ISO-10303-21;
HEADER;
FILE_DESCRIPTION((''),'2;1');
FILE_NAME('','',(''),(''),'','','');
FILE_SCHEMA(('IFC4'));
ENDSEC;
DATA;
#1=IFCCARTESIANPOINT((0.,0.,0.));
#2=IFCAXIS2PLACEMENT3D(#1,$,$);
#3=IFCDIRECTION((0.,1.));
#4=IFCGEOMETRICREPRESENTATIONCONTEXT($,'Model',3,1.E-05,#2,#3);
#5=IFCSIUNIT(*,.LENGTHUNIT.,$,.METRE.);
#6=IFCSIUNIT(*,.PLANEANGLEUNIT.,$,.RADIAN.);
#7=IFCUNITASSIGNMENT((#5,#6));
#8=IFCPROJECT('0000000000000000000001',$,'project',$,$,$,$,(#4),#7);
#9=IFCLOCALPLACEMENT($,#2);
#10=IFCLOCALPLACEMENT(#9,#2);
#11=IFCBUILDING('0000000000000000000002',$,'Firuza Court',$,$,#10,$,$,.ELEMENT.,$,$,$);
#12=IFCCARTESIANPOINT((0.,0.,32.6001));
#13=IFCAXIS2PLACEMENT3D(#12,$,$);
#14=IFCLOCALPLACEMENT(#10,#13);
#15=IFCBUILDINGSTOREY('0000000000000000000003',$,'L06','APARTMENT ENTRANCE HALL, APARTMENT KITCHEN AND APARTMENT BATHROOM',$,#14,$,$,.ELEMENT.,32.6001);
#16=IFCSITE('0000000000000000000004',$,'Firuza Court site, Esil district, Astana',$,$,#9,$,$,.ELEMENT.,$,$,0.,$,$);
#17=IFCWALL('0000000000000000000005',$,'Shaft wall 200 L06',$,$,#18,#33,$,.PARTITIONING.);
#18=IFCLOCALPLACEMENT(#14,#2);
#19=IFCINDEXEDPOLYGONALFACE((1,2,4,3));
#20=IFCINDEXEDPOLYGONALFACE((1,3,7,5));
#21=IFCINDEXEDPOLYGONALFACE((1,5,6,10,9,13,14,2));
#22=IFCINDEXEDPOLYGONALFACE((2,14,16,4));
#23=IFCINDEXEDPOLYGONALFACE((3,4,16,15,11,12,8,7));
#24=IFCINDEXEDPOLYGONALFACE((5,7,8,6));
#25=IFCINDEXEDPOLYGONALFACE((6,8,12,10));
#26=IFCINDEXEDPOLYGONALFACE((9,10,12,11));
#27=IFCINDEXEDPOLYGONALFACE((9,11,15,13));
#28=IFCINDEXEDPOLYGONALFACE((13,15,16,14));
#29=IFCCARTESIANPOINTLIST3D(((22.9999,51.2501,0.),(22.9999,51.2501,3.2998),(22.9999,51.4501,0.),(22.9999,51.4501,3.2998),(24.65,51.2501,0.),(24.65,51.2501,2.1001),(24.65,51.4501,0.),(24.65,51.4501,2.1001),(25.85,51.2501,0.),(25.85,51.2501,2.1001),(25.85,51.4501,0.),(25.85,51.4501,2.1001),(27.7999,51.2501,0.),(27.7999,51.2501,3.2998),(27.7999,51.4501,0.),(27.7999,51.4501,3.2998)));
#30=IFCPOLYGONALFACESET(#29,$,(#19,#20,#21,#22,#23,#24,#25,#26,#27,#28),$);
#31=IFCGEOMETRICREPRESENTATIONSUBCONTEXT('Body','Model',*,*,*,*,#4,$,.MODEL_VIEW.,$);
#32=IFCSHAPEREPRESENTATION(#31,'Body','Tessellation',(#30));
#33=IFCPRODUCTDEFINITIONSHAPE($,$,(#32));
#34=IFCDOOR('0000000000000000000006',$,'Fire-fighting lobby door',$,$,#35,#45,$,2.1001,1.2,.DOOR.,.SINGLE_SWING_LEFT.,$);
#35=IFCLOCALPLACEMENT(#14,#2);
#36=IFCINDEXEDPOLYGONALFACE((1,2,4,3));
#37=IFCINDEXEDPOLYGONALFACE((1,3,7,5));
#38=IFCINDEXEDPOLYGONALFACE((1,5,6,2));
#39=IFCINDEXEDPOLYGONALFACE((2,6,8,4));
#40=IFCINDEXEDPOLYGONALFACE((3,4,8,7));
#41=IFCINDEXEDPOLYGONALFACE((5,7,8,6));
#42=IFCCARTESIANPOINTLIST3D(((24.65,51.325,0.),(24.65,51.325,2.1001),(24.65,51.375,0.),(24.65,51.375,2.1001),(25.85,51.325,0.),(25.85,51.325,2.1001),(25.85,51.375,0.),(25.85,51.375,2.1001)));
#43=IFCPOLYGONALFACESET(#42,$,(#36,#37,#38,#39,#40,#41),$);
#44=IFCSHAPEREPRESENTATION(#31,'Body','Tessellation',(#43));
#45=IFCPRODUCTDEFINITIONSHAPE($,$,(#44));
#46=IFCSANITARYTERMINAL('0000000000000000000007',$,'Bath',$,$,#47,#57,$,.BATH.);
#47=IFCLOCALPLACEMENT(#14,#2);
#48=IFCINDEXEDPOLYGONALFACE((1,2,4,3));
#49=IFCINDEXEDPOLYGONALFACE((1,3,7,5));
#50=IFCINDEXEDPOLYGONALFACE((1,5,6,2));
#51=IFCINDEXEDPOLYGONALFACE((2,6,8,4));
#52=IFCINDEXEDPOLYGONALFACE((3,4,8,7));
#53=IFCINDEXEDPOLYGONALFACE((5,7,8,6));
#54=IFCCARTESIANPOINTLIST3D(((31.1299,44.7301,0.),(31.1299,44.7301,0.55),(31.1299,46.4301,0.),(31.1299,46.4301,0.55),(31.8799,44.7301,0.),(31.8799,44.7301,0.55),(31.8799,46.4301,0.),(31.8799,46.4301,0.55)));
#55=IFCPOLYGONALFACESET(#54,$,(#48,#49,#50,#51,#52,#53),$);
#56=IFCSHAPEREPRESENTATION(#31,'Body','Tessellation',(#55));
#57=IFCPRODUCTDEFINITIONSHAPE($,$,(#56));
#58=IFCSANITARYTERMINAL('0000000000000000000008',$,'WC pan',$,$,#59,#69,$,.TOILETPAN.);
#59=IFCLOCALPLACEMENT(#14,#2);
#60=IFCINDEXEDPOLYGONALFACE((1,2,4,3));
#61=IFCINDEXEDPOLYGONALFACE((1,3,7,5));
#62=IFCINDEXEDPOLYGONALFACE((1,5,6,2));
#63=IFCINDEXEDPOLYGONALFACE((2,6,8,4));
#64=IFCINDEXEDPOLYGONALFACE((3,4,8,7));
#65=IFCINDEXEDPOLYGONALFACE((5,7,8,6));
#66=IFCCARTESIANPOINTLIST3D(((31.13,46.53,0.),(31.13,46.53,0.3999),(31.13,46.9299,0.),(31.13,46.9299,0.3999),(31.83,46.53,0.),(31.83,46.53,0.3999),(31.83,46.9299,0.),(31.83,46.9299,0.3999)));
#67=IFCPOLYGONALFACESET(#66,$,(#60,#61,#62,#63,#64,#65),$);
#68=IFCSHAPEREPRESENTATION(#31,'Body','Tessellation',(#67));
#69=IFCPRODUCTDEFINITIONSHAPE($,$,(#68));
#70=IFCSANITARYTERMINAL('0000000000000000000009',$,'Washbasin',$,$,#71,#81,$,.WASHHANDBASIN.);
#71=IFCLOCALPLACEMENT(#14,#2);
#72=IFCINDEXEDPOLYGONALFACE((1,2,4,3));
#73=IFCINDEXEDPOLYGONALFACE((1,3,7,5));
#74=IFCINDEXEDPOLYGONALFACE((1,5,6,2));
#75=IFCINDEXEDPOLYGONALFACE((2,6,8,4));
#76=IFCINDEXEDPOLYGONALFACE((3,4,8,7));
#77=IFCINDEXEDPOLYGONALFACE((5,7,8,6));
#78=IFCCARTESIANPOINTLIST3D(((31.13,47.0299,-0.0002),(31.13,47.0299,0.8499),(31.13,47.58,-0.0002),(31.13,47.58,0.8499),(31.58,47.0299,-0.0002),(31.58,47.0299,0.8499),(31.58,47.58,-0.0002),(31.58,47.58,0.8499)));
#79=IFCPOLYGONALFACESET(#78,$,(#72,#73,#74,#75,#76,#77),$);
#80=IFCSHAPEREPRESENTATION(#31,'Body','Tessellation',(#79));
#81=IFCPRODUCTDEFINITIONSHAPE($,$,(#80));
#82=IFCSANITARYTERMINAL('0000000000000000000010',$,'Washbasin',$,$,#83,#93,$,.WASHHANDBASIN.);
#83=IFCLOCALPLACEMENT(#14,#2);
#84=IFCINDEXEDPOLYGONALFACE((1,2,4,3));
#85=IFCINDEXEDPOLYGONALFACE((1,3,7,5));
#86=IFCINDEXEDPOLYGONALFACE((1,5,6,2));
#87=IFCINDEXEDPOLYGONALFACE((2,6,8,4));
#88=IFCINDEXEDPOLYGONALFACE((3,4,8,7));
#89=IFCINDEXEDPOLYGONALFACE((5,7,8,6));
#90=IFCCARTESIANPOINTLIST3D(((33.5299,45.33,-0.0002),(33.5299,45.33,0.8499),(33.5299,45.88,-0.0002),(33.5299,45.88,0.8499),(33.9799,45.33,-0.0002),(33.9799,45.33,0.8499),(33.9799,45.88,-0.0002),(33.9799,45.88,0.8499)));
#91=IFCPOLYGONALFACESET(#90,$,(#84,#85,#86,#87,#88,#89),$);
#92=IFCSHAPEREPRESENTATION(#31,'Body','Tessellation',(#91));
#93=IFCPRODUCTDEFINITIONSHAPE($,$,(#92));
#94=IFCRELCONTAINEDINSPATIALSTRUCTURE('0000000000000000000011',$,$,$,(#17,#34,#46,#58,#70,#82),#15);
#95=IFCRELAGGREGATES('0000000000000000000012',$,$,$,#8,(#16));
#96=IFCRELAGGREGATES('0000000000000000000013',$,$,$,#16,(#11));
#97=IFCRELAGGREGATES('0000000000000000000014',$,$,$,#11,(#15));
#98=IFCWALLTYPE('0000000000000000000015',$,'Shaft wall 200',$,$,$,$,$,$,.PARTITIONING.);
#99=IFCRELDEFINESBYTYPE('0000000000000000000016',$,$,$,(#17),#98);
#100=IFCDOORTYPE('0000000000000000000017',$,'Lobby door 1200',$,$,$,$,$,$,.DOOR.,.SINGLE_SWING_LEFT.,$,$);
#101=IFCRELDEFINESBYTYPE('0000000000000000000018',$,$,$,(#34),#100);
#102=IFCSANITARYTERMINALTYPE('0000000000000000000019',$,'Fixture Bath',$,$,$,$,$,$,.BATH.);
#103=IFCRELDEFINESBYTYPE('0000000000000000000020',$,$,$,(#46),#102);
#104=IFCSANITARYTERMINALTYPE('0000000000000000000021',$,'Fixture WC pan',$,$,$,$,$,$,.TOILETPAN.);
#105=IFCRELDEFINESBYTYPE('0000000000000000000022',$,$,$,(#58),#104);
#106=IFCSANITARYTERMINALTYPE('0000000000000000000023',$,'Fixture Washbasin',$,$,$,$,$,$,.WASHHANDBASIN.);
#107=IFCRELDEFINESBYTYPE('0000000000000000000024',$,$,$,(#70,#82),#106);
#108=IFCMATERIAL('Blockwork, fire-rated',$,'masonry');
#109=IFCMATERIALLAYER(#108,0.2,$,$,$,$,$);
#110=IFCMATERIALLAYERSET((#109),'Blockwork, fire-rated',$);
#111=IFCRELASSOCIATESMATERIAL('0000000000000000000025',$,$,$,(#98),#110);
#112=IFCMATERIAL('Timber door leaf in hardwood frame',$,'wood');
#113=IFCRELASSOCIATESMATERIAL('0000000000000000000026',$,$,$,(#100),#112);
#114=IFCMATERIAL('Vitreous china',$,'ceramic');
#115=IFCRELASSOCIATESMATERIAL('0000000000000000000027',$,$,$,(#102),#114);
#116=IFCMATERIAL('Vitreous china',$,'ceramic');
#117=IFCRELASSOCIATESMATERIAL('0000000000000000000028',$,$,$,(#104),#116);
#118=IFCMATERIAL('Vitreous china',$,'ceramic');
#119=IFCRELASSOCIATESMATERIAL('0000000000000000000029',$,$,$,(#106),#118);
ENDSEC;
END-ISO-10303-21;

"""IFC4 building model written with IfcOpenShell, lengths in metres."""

from ifc_helpers import new_model, si_unit, direction, frame, frame_2d, origin, origin_2d, place, context, subcontext, project, spatial, rectangle, extrude, material, layer, layer_set, type_object, element, fill, save


model = new_model("IFC4")

# Units and contexts
model_context = context("Model", 3, precision=1e-05, world=origin(), true_north=direction((0.0, 1.0)))
body_context = subcontext(model_context, "Body", "Model", "MODEL_VIEW")
ifc_project = project(units=[si_unit("LENGTHUNIT", "METRE"), si_unit("PLANEANGLEUNIT", "RADIAN")], contexts=[model_context])

# Site, building, storey
site_placement = place(None, origin())
site = spatial("IfcSite", under=ifc_project, at=site_placement, Name="Firuza Court site, Esil district, Astana", CompositionType="ELEMENT", RefElevation=0.0)
building_placement = place(site_placement, origin())
building = spatial("IfcBuilding", under=site, at=building_placement, Name="Firuza Court", CompositionType="ELEMENT")
storey_placement = place(building_placement, frame((0.0, 0.0, 32.6001)))
storey = spatial("IfcBuildingStorey", under=building, at=storey_placement, Name="L06", Description="APARTMENT ENTRANCE HALL, APARTMENT KITCHEN AND APARTMENT BATHROOM", CompositionType="ELEMENT", Elevation=32.6001)

# Wall, opening, door
ifc_material_1 = material(Name="Blockwork, fire-rated", Category="masonry")
ifc_layer_1 = layer(ifc_material_1, 0.2)
ifc_layer_set_1 = layer_set([ifc_layer_1], Name="Blockwork, fire-rated")
wall_type_1 = type_object("IfcWallType", Name="Shaft wall 200", PredefinedType="PARTITIONING", material=ifc_layer_set_1)
wall_1_placement = place(storey_placement, frame((23.0, 51.3501, 0.0), z_axis=(0.0, 0.0, 1.0), x_axis=(1.0, 0.0, 0.0)))
wall_1 = element("IfcWall", 1, at=wall_1_placement, inside=storey, type_object=wall_type_1, Name="Shaft wall 200 L06", PredefinedType="PARTITIONING", context=body_context, shape_type="SweptSolid", body=[
    extrude(rectangle(XDim=4.8, YDim=0.2, at=frame_2d((2.3999, 0.0))), origin(), (0.0, 0.0, 1.0), 3.2998),
])
opening_1_placement = place(wall_1_placement, frame((1.6499, 0.0, 0.0)))
opening_1 = element("IfcOpeningElement", 2, at=opening_1_placement, cuts=wall_1, PredefinedType="OPENING", context=body_context, shape_type="SweptSolid", body=[
    extrude(rectangle(XDim=1.2, YDim=2.1001, at=frame_2d((0.6001, 1.05))), frame((0.0, 0.1118, 0.0), z_axis=(0.0, -1.0, 0.0), x_axis=(1.0, 0.0, 0.0)), (0.0, 0.0, 1.0), 0.2239),
])
ifc_material_2 = material(Name="Timber door leaf in hardwood frame", Category="wood")
door_type_1 = type_object("IfcDoorType", Name="Lobby door 1200", OperationType="SINGLE_SWING_LEFT", PredefinedType="DOOR", material=ifc_material_2)
door_1_placement = place(opening_1_placement, origin())
door_1 = element("IfcDoor", 3, at=door_1_placement, inside=storey, type_object=door_type_1, Name="Fire-fighting lobby door", OperationType="SINGLE_SWING_LEFT", OverallHeight=2.1001, OverallWidth=1.2, PredefinedType="DOOR", context=body_context, shape_type="SweptSolid", body=[
    extrude(rectangle(XDim=1.2, YDim=2.1001, at=frame_2d((0.6001, 1.05))), frame((0.0, 0.0249, 0.0), z_axis=(0.0, -1.0, 0.0), x_axis=(1.0, 0.0, 0.0)), (0.0, 0.0, 1.0), 0.05),
])
fill(opening_1, door_1)

# Sanitary terminals
ifc_material_3 = material(Name="Vitreous china", Category="ceramic")
sanitary_terminal_type_1 = type_object("IfcSanitaryTerminalType", Name="Fixture Bath", PredefinedType="BATH", material=ifc_material_3)
sanitary_terminal_1_placement = place(storey_placement, frame((31.5049, 45.5801, 0.0), z_axis=(0.0, 0.0, 1.0), x_axis=(1.0, 0.0, 0.0)))
element("IfcSanitaryTerminal", 4, at=sanitary_terminal_1_placement, inside=storey, type_object=sanitary_terminal_type_1, Name="Bath", PredefinedType="BATH", context=body_context, shape_type="SweptSolid", body=[
    extrude(rectangle(XDim=0.75, YDim=1.7, at=origin_2d()), origin(), (0.0, 0.0, 1.0), 0.55),
])
ifc_material_4 = material(Name="Vitreous china", Category="ceramic")
sanitary_terminal_type_2 = type_object("IfcSanitaryTerminalType", Name="Fixture WC pan", PredefinedType="TOILETPAN", material=ifc_material_4)
sanitary_terminal_2_placement = place(storey_placement, frame((31.48, 46.73, 0.0), z_axis=(0.0, 0.0, 1.0), x_axis=(1.0, 0.0, 0.0)))
element("IfcSanitaryTerminal", 5, at=sanitary_terminal_2_placement, inside=storey, type_object=sanitary_terminal_type_2, Name="WC pan", PredefinedType="TOILETPAN", context=body_context, shape_type="SweptSolid", body=[
    extrude(rectangle(XDim=0.7, YDim=0.3999, at=origin_2d()), origin(), (0.0, 0.0, 1.0), 0.3999),
])
ifc_material_5 = material(Name="Vitreous china", Category="ceramic")
sanitary_terminal_type_3 = type_object("IfcSanitaryTerminalType", Name="Fixture Washbasin", PredefinedType="WASHHANDBASIN", material=ifc_material_5)
for number, where, z_axis, x_axis, name in (
    (6, (31.355, 47.3049, -0.0002), (0.0, 0.0, 1.0), (1.0, 0.0, 0.0), "Washbasin"),
    (7, (33.7549, 45.605, -0.0002), (0.0, 0.0, 1.0), (1.0, 0.0, 0.0), "Washbasin"),
):
    element("IfcSanitaryTerminal", number, at=place(storey_placement, frame(where, z_axis=z_axis, x_axis=x_axis)), inside=storey, type_object=sanitary_terminal_type_3, Name=name, PredefinedType="WASHHANDBASIN", context=body_context, shape_type="SweptSolid", body=[
        extrude(rectangle(XDim=0.45, YDim=0.55, at=origin_2d()), origin(), (0.0, 0.0, 1.0), 0.8501),
    ])

save(model, "model.ifc")
